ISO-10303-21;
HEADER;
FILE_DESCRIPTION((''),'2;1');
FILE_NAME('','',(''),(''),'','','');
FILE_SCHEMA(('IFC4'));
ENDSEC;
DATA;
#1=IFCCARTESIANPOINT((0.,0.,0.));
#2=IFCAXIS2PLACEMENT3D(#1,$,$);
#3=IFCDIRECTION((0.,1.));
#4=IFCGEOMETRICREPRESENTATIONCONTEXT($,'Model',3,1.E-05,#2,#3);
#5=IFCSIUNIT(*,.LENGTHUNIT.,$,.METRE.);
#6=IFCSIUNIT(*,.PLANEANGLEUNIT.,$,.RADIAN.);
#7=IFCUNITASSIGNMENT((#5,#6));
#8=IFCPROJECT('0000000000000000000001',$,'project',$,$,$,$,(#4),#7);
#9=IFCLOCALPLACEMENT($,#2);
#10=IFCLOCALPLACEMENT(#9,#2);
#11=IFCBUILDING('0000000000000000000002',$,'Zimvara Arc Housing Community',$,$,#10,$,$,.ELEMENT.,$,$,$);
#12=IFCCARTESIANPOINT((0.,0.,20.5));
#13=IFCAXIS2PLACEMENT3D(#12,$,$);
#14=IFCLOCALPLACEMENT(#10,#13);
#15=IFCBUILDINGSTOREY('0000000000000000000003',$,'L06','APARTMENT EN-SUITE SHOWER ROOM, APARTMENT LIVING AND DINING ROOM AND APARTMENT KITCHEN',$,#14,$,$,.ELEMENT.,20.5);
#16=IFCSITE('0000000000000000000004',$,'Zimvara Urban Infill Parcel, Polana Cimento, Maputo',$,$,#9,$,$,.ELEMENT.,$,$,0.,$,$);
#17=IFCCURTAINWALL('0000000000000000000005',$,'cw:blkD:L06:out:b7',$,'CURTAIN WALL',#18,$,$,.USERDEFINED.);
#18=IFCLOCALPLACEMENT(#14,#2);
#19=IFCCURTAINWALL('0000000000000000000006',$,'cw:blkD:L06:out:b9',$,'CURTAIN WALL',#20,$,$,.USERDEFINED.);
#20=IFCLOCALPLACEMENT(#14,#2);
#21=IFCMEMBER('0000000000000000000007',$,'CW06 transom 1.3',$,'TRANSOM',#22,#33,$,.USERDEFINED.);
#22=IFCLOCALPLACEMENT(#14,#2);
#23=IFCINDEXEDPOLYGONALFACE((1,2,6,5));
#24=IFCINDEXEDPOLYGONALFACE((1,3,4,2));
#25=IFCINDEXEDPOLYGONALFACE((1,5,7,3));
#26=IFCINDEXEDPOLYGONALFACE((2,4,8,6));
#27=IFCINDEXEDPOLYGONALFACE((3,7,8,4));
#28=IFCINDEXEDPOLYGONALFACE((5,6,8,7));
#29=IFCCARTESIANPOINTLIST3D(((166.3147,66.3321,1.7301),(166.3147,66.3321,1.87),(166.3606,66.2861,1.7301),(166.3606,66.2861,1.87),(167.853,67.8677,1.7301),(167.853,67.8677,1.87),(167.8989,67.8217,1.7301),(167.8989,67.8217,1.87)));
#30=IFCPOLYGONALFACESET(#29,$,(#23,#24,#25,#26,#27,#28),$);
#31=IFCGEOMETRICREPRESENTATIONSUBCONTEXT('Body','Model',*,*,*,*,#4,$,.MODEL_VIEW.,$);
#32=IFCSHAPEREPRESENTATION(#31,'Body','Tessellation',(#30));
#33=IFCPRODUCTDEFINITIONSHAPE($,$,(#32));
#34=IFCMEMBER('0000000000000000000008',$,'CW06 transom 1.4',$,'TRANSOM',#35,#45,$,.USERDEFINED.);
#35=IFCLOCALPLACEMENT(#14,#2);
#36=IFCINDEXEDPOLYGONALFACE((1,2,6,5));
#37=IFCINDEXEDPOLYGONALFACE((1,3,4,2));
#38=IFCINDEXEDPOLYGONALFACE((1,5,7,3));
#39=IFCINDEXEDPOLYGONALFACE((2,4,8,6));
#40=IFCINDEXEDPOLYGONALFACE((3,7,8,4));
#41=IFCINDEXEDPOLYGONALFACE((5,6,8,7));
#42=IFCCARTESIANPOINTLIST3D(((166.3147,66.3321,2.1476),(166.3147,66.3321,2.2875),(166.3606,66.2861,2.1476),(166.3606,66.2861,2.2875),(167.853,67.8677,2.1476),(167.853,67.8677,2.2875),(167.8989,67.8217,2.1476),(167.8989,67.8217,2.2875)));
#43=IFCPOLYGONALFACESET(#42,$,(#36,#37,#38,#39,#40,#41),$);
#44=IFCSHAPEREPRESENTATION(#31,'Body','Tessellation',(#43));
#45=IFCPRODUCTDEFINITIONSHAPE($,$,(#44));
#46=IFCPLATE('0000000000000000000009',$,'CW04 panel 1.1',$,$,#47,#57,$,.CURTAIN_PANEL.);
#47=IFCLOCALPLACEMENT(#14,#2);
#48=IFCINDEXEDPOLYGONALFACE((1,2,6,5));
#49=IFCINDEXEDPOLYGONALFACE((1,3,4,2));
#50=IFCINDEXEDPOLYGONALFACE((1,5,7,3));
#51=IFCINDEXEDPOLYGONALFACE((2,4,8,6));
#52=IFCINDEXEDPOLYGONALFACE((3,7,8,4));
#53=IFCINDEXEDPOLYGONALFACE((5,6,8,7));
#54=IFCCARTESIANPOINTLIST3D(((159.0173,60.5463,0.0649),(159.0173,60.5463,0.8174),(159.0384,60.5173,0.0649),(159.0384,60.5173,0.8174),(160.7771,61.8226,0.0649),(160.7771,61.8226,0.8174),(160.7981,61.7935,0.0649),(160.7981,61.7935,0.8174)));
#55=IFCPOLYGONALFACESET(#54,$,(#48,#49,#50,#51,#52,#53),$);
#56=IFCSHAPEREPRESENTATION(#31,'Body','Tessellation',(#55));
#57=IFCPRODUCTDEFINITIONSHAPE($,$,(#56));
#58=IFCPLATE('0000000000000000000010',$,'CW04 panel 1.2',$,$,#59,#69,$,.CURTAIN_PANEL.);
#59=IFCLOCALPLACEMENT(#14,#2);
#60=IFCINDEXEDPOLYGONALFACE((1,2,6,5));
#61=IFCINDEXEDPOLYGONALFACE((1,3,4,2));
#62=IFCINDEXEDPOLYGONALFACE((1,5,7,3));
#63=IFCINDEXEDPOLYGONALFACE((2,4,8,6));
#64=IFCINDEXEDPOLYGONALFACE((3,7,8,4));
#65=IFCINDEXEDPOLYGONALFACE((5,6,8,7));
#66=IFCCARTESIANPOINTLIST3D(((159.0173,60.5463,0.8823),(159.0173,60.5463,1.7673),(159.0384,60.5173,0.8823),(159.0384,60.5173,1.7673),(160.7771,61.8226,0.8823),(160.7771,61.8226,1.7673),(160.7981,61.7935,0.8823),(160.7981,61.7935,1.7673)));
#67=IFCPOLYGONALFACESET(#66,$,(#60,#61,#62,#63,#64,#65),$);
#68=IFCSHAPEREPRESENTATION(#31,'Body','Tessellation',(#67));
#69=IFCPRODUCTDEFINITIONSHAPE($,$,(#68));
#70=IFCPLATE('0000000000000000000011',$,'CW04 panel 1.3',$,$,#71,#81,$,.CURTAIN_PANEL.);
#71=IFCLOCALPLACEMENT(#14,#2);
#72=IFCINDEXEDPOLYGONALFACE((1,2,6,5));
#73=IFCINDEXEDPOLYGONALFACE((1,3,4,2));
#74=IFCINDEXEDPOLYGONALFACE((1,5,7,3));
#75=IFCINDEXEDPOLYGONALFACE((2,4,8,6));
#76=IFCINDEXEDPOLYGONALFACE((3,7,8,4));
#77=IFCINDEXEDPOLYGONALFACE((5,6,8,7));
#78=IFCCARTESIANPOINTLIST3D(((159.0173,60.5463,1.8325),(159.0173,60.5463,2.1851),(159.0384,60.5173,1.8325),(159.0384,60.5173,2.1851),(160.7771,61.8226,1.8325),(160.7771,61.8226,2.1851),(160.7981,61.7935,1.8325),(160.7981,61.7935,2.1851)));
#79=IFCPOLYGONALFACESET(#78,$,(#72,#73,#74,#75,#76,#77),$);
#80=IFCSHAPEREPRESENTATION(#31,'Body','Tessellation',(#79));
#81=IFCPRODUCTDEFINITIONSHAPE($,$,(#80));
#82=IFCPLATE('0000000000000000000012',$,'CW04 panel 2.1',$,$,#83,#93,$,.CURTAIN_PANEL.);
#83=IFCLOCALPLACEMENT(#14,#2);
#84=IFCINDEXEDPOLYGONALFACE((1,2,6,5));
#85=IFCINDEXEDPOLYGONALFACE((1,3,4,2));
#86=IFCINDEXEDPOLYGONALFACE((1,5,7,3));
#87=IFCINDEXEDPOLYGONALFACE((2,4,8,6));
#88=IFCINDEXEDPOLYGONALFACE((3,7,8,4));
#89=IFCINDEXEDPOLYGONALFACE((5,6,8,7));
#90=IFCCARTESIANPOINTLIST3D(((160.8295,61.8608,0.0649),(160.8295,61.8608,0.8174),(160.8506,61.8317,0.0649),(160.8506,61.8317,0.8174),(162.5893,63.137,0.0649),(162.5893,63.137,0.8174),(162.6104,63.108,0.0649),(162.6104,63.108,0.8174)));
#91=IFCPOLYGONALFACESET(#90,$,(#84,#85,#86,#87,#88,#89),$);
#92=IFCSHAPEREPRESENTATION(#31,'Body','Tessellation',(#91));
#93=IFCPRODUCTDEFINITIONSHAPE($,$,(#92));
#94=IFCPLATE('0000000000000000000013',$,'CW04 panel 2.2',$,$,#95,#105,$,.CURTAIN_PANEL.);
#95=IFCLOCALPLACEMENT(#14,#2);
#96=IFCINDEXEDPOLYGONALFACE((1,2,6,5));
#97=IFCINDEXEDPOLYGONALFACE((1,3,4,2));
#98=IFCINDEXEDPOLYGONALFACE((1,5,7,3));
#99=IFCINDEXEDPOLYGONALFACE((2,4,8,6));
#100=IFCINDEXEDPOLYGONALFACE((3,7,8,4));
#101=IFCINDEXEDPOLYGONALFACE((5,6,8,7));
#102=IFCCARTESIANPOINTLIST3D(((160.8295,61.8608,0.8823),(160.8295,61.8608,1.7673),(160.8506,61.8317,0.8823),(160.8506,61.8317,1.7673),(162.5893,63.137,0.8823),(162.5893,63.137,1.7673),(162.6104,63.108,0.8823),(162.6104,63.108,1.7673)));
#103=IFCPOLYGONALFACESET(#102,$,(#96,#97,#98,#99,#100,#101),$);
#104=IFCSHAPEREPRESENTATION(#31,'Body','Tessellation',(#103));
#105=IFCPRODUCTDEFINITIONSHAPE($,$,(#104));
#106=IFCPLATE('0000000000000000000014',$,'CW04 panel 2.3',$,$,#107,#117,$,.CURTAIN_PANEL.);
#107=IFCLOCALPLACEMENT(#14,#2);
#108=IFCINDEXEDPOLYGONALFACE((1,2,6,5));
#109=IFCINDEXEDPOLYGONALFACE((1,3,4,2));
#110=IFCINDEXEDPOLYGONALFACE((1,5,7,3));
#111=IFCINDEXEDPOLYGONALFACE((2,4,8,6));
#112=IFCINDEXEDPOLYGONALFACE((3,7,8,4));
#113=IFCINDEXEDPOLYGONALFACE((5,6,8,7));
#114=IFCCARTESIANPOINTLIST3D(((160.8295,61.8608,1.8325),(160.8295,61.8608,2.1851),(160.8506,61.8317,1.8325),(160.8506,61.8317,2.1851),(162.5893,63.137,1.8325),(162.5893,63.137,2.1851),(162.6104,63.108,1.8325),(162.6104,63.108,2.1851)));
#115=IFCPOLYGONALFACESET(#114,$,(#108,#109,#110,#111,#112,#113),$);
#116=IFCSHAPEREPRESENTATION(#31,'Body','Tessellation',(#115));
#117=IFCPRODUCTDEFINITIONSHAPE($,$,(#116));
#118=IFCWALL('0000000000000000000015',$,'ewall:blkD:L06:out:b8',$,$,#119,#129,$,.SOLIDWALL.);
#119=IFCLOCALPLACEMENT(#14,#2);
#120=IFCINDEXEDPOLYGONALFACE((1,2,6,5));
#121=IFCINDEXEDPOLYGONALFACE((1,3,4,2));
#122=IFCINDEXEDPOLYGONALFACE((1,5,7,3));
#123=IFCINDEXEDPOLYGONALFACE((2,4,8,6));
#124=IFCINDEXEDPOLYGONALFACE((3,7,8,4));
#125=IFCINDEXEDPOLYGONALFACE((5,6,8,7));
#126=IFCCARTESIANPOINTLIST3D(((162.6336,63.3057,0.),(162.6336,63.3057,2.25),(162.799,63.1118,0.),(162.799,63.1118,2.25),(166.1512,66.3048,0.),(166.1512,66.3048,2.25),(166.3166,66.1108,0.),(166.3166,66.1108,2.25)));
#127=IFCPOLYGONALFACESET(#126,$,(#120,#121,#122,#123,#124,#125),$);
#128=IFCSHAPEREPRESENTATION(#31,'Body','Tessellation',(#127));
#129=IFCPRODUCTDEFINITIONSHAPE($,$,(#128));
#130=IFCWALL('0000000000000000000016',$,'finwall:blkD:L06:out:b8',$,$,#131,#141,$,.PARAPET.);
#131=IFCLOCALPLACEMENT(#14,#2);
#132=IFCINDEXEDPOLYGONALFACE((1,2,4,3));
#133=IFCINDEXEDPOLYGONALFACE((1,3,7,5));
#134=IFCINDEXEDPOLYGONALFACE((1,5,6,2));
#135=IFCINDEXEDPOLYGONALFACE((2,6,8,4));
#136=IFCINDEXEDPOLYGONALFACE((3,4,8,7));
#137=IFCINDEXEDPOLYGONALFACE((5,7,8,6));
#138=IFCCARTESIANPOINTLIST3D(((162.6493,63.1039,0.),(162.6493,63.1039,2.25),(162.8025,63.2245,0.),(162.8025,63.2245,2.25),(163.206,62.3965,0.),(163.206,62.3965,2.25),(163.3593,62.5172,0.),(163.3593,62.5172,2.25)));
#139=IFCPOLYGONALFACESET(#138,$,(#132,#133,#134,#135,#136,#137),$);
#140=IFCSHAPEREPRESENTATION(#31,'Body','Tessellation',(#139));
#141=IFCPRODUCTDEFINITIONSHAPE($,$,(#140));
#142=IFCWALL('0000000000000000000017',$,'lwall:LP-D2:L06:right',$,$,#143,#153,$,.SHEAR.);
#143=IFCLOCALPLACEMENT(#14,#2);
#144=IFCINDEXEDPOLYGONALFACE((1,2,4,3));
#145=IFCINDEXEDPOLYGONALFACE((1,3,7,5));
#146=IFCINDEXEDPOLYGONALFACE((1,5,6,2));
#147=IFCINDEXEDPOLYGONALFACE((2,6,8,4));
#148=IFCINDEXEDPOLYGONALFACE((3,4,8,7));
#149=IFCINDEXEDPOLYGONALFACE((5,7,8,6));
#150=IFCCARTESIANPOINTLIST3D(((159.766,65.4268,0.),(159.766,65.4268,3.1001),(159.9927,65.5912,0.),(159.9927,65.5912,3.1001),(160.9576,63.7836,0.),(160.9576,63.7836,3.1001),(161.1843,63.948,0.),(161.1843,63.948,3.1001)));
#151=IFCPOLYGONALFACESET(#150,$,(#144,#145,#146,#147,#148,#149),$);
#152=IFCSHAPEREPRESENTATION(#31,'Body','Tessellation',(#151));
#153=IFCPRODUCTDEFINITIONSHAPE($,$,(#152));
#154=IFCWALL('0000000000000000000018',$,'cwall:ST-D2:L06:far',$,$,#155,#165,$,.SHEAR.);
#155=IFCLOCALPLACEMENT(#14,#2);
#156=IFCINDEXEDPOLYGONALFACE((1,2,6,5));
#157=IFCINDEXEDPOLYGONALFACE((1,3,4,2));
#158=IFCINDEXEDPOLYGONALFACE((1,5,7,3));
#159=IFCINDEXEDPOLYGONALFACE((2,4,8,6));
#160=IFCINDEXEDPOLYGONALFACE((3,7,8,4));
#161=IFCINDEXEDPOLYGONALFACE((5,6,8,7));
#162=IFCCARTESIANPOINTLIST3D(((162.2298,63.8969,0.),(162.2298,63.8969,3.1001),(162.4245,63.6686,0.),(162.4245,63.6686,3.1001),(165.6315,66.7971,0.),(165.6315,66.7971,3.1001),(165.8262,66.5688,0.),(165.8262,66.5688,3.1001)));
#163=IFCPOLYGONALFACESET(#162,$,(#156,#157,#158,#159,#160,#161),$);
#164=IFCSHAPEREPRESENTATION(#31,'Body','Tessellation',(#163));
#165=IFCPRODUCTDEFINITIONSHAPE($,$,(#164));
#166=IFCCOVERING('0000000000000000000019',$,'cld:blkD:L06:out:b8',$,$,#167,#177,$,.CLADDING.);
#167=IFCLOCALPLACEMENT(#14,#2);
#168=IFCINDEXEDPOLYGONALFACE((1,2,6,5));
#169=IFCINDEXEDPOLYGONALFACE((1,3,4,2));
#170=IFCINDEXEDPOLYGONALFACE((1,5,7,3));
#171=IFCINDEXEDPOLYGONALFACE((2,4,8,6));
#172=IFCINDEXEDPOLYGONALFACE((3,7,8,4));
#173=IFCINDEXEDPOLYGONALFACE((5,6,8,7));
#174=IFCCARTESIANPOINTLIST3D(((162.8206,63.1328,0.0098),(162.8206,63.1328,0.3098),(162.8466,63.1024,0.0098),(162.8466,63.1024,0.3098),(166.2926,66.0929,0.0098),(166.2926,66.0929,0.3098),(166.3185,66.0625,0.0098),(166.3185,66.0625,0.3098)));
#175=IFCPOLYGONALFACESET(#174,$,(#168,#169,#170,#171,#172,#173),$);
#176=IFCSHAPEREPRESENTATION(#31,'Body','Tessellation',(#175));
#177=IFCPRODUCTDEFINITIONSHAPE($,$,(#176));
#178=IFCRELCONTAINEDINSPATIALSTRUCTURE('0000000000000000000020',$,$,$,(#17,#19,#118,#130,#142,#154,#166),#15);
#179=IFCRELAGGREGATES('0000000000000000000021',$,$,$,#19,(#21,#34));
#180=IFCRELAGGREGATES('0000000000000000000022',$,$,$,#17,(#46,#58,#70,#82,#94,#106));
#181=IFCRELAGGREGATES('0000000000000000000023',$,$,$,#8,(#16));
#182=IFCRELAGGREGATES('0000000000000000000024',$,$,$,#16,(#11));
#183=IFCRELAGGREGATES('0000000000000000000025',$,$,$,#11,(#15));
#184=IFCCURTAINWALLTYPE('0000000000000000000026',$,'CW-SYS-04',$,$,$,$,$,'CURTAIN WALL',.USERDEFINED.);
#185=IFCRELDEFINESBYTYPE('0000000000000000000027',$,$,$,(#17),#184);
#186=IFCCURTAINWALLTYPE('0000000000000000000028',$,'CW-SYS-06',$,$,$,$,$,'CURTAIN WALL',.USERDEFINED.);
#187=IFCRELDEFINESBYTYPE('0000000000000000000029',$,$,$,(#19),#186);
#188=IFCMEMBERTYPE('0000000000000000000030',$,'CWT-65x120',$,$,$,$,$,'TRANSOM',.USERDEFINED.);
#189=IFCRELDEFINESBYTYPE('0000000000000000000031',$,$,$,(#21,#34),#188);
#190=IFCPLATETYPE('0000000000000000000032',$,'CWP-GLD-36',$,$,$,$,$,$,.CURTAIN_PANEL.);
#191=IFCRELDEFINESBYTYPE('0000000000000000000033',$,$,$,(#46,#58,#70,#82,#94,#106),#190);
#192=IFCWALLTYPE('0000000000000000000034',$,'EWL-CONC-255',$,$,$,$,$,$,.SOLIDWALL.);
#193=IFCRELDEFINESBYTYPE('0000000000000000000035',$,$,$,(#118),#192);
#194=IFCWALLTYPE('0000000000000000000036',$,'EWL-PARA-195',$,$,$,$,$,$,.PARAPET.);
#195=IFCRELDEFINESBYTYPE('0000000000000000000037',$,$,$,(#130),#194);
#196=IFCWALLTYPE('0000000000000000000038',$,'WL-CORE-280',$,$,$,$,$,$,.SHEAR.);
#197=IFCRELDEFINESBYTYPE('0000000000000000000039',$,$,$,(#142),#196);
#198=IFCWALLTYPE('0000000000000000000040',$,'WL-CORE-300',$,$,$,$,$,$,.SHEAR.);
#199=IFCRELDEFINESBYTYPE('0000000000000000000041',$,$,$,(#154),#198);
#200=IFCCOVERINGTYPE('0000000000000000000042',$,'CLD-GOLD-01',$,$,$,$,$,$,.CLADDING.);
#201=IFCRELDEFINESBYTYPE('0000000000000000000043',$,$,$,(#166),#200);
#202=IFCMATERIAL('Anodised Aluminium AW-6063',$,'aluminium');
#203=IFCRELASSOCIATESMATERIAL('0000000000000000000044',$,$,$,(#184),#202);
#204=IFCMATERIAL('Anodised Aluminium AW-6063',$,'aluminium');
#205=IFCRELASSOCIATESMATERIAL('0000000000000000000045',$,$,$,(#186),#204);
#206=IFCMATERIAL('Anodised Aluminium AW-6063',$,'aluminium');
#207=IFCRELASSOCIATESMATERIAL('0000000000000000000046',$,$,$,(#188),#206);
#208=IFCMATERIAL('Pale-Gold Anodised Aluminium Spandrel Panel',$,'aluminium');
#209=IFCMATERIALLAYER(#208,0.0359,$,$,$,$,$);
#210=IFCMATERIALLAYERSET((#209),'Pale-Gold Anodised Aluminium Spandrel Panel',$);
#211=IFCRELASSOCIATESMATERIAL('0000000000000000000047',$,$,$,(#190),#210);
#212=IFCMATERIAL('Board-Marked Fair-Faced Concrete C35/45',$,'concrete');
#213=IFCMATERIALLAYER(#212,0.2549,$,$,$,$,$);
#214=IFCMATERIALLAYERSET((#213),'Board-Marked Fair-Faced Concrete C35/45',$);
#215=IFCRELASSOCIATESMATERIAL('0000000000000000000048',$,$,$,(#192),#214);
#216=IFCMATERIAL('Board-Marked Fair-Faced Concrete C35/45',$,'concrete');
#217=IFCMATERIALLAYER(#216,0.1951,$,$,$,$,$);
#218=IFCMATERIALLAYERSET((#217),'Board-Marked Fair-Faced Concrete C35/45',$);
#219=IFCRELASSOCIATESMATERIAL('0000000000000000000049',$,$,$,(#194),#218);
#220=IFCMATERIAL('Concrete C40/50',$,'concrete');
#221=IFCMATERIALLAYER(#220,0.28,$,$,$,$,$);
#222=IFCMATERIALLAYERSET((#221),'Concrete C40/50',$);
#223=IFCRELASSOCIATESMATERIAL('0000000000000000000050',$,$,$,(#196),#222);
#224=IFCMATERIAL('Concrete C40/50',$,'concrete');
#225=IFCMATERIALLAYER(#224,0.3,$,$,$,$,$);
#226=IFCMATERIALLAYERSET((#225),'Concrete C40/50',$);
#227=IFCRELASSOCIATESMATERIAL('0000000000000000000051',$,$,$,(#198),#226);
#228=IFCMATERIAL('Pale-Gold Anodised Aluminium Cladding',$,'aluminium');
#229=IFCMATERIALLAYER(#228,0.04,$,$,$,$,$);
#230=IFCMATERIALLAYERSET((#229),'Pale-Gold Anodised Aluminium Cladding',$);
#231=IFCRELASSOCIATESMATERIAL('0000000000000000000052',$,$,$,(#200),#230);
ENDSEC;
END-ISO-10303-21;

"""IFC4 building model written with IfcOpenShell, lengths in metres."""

from ifc_helpers import new_model, si_unit, direction, frame, frame_2d, origin, origin_2d, place, context, subcontext, project, spatial, rectangle, extrude, material, layer, layer_set, material_profile, profile_set, type_object, element, aggregate, save


model = new_model("IFC4")

# Units and contexts
model_context = context("Model", 3, precision=1e-05, world=origin(), true_north=direction((0.0, 1.0)))
body_context = subcontext(model_context, "Body", "Model", "MODEL_VIEW")
ifc_project = project(units=[si_unit("LENGTHUNIT", "METRE"), si_unit("PLANEANGLEUNIT", "RADIAN")], contexts=[model_context])

# Site, building, storey
site_placement = place(None, origin())
site = spatial("IfcSite", under=ifc_project, at=site_placement, Name="Zimvara Urban Infill Parcel, Polana Cimento, Maputo", CompositionType="ELEMENT", RefElevation=0.0)
building_placement = place(site_placement, origin())
building = spatial("IfcBuilding", under=site, at=building_placement, Name="Zimvara Arc Housing Community", CompositionType="ELEMENT")
storey_placement = place(building_placement, frame((0.0, 0.0, 20.5)))
storey = spatial("IfcBuildingStorey", under=building, at=storey_placement, Name="L06", Description="APARTMENT EN-SUITE SHOWER ROOM, APARTMENT LIVING AND DINING ROOM AND APARTMENT KITCHEN", CompositionType="ELEMENT", Elevation=20.5)

# Curtain wall
ifc_material_1 = material(Name="Anodised Aluminium AW-6063", Category="aluminium")
curtain_wall_type_1 = type_object("IfcCurtainWallType", Name="CW-SYS-04", ElementType="CURTAIN WALL", PredefinedType="USERDEFINED", material=ifc_material_1)
curtain_wall_1_placement = place(storey_placement, origin())
curtain_wall_1 = element("IfcCurtainWall", 1, at=curtain_wall_1_placement, inside=storey, type_object=curtain_wall_type_1, Name="cw:blkD:L06:out:b7", ObjectType="CURTAIN WALL", PredefinedType="USERDEFINED")

# Curtain wall
ifc_material_2 = material(Name="Anodised Aluminium AW-6063", Category="aluminium")
curtain_wall_type_2 = type_object("IfcCurtainWallType", Name="CW-SYS-06", ElementType="CURTAIN WALL", PredefinedType="USERDEFINED", material=ifc_material_2)
curtain_wall_2_placement = place(storey_placement, origin())
curtain_wall_2 = element("IfcCurtainWall", 2, at=curtain_wall_2_placement, inside=storey, type_object=curtain_wall_type_2, Name="cw:blkD:L06:out:b9", ObjectType="CURTAIN WALL", PredefinedType="USERDEFINED")

# Members
ifc_material_3 = material(Name="Anodised Aluminium AW-6063", Category="aluminium")
ifc_material_profile_1 = material_profile(ifc_material_3, rectangle(XDim=0.0649, YDim=0.1399, at=origin_2d()), Name="ALU 65x140")
ifc_profile_set_1 = profile_set([ifc_material_profile_1], Name="Anodised Aluminium AW-6063")
member_type_1 = type_object("IfcMemberType", Name="CWT-65x120", ElementType="TRANSOM", PredefinedType="USERDEFINED", material=ifc_profile_set_1)
member_1_placement = place(storey_placement, frame((166.3376, 66.3091, 1.8), z_axis=(0.707724, 0.706489, 0.0), x_axis=(-0.706489, 0.707724, 0.0)))
member_1 = element("IfcMember", 3, at=member_1_placement, type_object=member_type_1, Name="CW06 transom 1.3", ObjectType="TRANSOM", PredefinedType="USERDEFINED", context=body_context, shape_type="SweptSolid", body=[
    extrude(rectangle(XDim=0.0649, YDim=0.1399, at=origin_2d()), origin(), (0.0, 0.0, 1.0), 2.1736),
])
member_2_placement = place(storey_placement, frame((166.3376, 66.3091, 2.2175), z_axis=(0.707724, 0.706489, 0.0), x_axis=(-0.706489, 0.707724, 0.0)))
member_2 = element("IfcMember", 4, at=member_2_placement, type_object=member_type_1, Name="CW06 transom 1.4", ObjectType="TRANSOM", PredefinedType="USERDEFINED", context=body_context, shape_type="SweptSolid", body=[
    extrude(rectangle(XDim=0.0649, YDim=0.1399, at=origin_2d()), origin(), (0.0, 0.0, 1.0), 2.1736),
])
aggregate(curtain_wall_2, [member_1, member_2])

# Plates
ifc_material_4 = material(Name="Pale-Gold Anodised Aluminium Spandrel Panel", Category="aluminium")
ifc_layer_1 = layer(ifc_material_4, 0.0359)
ifc_layer_set_1 = layer_set([ifc_layer_1], Name="Pale-Gold Anodised Aluminium Spandrel Panel")
plate_type = type_object("IfcPlateType", Name="CWP-GLD-36", PredefinedType="CURTAIN_PANEL", material=ifc_layer_set_1)
plate_1_placement = place(storey_placement, frame((159.9077, 61.1699, 0.0649), z_axis=(0.0, 0.0, 1.0), x_axis=(0.80953, 0.587078, 0.0)))
plate_1 = element("IfcPlate", 5, at=plate_1_placement, type_object=plate_type, Name="CW04 panel 1.1", PredefinedType="CURTAIN_PANEL", context=body_context, shape_type="SweptSolid", body=[
    extrude(rectangle(XDim=2.1738, YDim=0.0359, at=origin_2d()), origin(), (0.0, 0.0, 1.0), 0.7524),
])
plate_2_placement = place(storey_placement, frame((159.9077, 61.1699, 0.8823), z_axis=(0.0, 0.0, 1.0), x_axis=(0.80953, 0.587078, 0.0)))
plate_2 = element("IfcPlate", 6, at=plate_2_placement, type_object=plate_type, Name="CW04 panel 1.2", PredefinedType="CURTAIN_PANEL", context=body_context, shape_type="SweptSolid", body=[
    extrude(rectangle(XDim=2.1738, YDim=0.0359, at=origin_2d()), origin(), (0.0, 0.0, 1.0), 0.885),
])
plate_3_placement = place(storey_placement, frame((159.9077, 61.1699, 1.8325), z_axis=(0.0, 0.0, 1.0), x_axis=(0.80953, 0.587078, 0.0)))
plate_3 = element("IfcPlate", 7, at=plate_3_placement, type_object=plate_type, Name="CW04 panel 1.3", PredefinedType="CURTAIN_PANEL", context=body_context, shape_type="SweptSolid", body=[
    extrude(rectangle(XDim=2.1738, YDim=0.0359, at=origin_2d()), origin(), (0.0, 0.0, 1.0), 0.3525),
])
plate_4_placement = place(storey_placement, frame((161.72, 62.4844, 0.0649), z_axis=(0.0, 0.0, 1.0), x_axis=(0.80953, 0.587078, 0.0)))
plate_4 = element("IfcPlate", 8, at=plate_4_placement, type_object=plate_type, Name="CW04 panel 2.1", PredefinedType="CURTAIN_PANEL", context=body_context, shape_type="SweptSolid", body=[
    extrude(rectangle(XDim=2.1738, YDim=0.0359, at=origin_2d()), origin(), (0.0, 0.0, 1.0), 0.7524),
])
plate_5_placement = place(storey_placement, frame((161.72, 62.4844, 0.8823), z_axis=(0.0, 0.0, 1.0), x_axis=(0.80953, 0.587078, 0.0)))
plate_5 = element("IfcPlate", 9, at=plate_5_placement, type_object=plate_type, Name="CW04 panel 2.2", PredefinedType="CURTAIN_PANEL", context=body_context, shape_type="SweptSolid", body=[
    extrude(rectangle(XDim=2.1738, YDim=0.0359, at=origin_2d()), origin(), (0.0, 0.0, 1.0), 0.885),
])
plate_6_placement = place(storey_placement, frame((161.72, 62.4844, 1.8325), z_axis=(0.0, 0.0, 1.0), x_axis=(0.80953, 0.587078, 0.0)))
plate_6 = element("IfcPlate", 10, at=plate_6_placement, type_object=plate_type, Name="CW04 panel 2.3", PredefinedType="CURTAIN_PANEL", context=body_context, shape_type="SweptSolid", body=[
    extrude(rectangle(XDim=2.1738, YDim=0.0359, at=origin_2d()), origin(), (0.0, 0.0, 1.0), 0.3525),
])
aggregate(curtain_wall_1, [plate_1, plate_2, plate_3, plate_4, plate_5, plate_6])

# Walls
ifc_material_5 = material(Name="Board-Marked Fair-Faced Concrete C35/45", Category="concrete")
ifc_layer_2 = layer(ifc_material_5, 0.2549)
ifc_layer_set_2 = layer_set([ifc_layer_2], Name="Board-Marked Fair-Faced Concrete C35/45")
wall_type_1 = type_object("IfcWallType", Name="EWL-CONC-255", PredefinedType="SOLIDWALL", material=ifc_layer_set_2)
wall_1_placement = place(storey_placement, frame((162.7163, 63.2087, 0.0), z_axis=(0.0, 0.0, 1.0), x_axis=(0.760969, 0.648788, 0.0)))
element("IfcWall", 11, at=wall_1_placement, inside=storey, type_object=wall_type_1, Name="ewall:blkD:L06:out:b8", PredefinedType="SOLIDWALL", context=body_context, shape_type="SweptSolid", body=[
    extrude(rectangle(XDim=4.6226, YDim=0.2549, at=frame_2d((2.3113, 0.0))), origin(), (0.0, 0.0, 1.0), 2.25),
])
ifc_material_6 = material(Name="Board-Marked Fair-Faced Concrete C35/45", Category="concrete")
ifc_layer_3 = layer(ifc_material_6, 0.1951)
ifc_layer_set_3 = layer_set([ifc_layer_3], Name="Board-Marked Fair-Faced Concrete C35/45")
wall_type_2 = type_object("IfcWallType", Name="EWL-PARA-195", PredefinedType="PARAPET", material=ifc_layer_set_3)
wall_2_placement = place(storey_placement, frame((162.7258, 63.1643, 0.0), z_axis=(0.0, 0.0, 1.0), x_axis=(0.618456, -0.785819, 0.0)))
element("IfcWall", 12, at=wall_2_placement, inside=storey, type_object=wall_type_2, Name="finwall:blkD:L06:out:b8", PredefinedType="PARAPET", context=body_context, shape_type="SweptSolid", body=[
    extrude(rectangle(XDim=0.9001, YDim=0.1951, at=frame_2d((0.4502, 0.0))), origin(), (0.0, 0.0, 1.0), 2.25),
])
ifc_material_7 = material(Name="Concrete C40/50", Category="concrete")
ifc_layer_4 = layer(ifc_material_7, 0.28)
ifc_layer_set_4 = layer_set([ifc_layer_4], Name="Concrete C40/50")
wall_type_3 = type_object("IfcWallType", Name="WL-CORE-280", PredefinedType="SHEAR", material=ifc_layer_set_4)
wall_3_placement = place(storey_placement, frame((159.8794, 65.509, 0.0), z_axis=(0.0, 0.0, 1.0), x_axis=(0.587048, -0.809552, 0.0)))
element("IfcWall", 13, at=wall_3_placement, inside=storey, type_object=wall_type_3, Name="lwall:LP-D2:L06:right", PredefinedType="SHEAR", context=body_context, shape_type="SweptSolid", body=[
    extrude(rectangle(XDim=2.0298, YDim=0.28, at=frame_2d((1.0149, 0.0))), origin(), (0.0, 0.0, 1.0), 3.1001),
])
ifc_material_8 = material(Name="Concrete C40/50", Category="concrete")
ifc_layer_5 = layer(ifc_material_8, 0.3)
ifc_layer_set_5 = layer_set([ifc_layer_5], Name="Concrete C40/50")
wall_type_4 = type_object("IfcWallType", Name="WL-CORE-300", PredefinedType="SHEAR", material=ifc_layer_set_5)
wall_4_placement = place(storey_placement, frame((162.3271, 63.7827, 0.0), z_axis=(0.0, 0.0, 1.0), x_axis=(0.76097, 0.648788, 0.0)))
element("IfcWall", 14, at=wall_4_placement, inside=storey, type_object=wall_type_4, Name="cwall:ST-D2:L06:far", PredefinedType="SHEAR", context=body_context, shape_type="SweptSolid", body=[
    extrude(rectangle(XDim=4.4702, YDim=0.3, at=frame_2d((2.2351, 0.0))), origin(), (0.0, 0.0, 1.0), 3.1001),
])

# Covering
ifc_material_9 = material(Name="Pale-Gold Anodised Aluminium Cladding", Category="aluminium")
ifc_layer_6 = layer(ifc_material_9, 0.04)
ifc_layer_set_6 = layer_set([ifc_layer_6], Name="Pale-Gold Anodised Aluminium Cladding")
covering_type = type_object("IfcCoveringType", Name="CLD-GOLD-01", PredefinedType="CLADDING", material=ifc_layer_set_6)
covering_placement = place(storey_placement, frame((164.5696, 64.5977, 0.0098), z_axis=(0.0, 0.0, 1.0), x_axis=(0.760971, 0.648786, 0.0)))
element("IfcCovering", 15, at=covering_placement, inside=storey, type_object=covering_type, Name="cld:blkD:L06:out:b8", PredefinedType="CLADDING", context=body_context, shape_type="SweptSolid", body=[
    extrude(rectangle(XDim=4.5625, YDim=0.04, at=origin_2d()), origin(), (0.0, 0.0, 1.0), 0.3),
])

save(model, "model.ifc")
